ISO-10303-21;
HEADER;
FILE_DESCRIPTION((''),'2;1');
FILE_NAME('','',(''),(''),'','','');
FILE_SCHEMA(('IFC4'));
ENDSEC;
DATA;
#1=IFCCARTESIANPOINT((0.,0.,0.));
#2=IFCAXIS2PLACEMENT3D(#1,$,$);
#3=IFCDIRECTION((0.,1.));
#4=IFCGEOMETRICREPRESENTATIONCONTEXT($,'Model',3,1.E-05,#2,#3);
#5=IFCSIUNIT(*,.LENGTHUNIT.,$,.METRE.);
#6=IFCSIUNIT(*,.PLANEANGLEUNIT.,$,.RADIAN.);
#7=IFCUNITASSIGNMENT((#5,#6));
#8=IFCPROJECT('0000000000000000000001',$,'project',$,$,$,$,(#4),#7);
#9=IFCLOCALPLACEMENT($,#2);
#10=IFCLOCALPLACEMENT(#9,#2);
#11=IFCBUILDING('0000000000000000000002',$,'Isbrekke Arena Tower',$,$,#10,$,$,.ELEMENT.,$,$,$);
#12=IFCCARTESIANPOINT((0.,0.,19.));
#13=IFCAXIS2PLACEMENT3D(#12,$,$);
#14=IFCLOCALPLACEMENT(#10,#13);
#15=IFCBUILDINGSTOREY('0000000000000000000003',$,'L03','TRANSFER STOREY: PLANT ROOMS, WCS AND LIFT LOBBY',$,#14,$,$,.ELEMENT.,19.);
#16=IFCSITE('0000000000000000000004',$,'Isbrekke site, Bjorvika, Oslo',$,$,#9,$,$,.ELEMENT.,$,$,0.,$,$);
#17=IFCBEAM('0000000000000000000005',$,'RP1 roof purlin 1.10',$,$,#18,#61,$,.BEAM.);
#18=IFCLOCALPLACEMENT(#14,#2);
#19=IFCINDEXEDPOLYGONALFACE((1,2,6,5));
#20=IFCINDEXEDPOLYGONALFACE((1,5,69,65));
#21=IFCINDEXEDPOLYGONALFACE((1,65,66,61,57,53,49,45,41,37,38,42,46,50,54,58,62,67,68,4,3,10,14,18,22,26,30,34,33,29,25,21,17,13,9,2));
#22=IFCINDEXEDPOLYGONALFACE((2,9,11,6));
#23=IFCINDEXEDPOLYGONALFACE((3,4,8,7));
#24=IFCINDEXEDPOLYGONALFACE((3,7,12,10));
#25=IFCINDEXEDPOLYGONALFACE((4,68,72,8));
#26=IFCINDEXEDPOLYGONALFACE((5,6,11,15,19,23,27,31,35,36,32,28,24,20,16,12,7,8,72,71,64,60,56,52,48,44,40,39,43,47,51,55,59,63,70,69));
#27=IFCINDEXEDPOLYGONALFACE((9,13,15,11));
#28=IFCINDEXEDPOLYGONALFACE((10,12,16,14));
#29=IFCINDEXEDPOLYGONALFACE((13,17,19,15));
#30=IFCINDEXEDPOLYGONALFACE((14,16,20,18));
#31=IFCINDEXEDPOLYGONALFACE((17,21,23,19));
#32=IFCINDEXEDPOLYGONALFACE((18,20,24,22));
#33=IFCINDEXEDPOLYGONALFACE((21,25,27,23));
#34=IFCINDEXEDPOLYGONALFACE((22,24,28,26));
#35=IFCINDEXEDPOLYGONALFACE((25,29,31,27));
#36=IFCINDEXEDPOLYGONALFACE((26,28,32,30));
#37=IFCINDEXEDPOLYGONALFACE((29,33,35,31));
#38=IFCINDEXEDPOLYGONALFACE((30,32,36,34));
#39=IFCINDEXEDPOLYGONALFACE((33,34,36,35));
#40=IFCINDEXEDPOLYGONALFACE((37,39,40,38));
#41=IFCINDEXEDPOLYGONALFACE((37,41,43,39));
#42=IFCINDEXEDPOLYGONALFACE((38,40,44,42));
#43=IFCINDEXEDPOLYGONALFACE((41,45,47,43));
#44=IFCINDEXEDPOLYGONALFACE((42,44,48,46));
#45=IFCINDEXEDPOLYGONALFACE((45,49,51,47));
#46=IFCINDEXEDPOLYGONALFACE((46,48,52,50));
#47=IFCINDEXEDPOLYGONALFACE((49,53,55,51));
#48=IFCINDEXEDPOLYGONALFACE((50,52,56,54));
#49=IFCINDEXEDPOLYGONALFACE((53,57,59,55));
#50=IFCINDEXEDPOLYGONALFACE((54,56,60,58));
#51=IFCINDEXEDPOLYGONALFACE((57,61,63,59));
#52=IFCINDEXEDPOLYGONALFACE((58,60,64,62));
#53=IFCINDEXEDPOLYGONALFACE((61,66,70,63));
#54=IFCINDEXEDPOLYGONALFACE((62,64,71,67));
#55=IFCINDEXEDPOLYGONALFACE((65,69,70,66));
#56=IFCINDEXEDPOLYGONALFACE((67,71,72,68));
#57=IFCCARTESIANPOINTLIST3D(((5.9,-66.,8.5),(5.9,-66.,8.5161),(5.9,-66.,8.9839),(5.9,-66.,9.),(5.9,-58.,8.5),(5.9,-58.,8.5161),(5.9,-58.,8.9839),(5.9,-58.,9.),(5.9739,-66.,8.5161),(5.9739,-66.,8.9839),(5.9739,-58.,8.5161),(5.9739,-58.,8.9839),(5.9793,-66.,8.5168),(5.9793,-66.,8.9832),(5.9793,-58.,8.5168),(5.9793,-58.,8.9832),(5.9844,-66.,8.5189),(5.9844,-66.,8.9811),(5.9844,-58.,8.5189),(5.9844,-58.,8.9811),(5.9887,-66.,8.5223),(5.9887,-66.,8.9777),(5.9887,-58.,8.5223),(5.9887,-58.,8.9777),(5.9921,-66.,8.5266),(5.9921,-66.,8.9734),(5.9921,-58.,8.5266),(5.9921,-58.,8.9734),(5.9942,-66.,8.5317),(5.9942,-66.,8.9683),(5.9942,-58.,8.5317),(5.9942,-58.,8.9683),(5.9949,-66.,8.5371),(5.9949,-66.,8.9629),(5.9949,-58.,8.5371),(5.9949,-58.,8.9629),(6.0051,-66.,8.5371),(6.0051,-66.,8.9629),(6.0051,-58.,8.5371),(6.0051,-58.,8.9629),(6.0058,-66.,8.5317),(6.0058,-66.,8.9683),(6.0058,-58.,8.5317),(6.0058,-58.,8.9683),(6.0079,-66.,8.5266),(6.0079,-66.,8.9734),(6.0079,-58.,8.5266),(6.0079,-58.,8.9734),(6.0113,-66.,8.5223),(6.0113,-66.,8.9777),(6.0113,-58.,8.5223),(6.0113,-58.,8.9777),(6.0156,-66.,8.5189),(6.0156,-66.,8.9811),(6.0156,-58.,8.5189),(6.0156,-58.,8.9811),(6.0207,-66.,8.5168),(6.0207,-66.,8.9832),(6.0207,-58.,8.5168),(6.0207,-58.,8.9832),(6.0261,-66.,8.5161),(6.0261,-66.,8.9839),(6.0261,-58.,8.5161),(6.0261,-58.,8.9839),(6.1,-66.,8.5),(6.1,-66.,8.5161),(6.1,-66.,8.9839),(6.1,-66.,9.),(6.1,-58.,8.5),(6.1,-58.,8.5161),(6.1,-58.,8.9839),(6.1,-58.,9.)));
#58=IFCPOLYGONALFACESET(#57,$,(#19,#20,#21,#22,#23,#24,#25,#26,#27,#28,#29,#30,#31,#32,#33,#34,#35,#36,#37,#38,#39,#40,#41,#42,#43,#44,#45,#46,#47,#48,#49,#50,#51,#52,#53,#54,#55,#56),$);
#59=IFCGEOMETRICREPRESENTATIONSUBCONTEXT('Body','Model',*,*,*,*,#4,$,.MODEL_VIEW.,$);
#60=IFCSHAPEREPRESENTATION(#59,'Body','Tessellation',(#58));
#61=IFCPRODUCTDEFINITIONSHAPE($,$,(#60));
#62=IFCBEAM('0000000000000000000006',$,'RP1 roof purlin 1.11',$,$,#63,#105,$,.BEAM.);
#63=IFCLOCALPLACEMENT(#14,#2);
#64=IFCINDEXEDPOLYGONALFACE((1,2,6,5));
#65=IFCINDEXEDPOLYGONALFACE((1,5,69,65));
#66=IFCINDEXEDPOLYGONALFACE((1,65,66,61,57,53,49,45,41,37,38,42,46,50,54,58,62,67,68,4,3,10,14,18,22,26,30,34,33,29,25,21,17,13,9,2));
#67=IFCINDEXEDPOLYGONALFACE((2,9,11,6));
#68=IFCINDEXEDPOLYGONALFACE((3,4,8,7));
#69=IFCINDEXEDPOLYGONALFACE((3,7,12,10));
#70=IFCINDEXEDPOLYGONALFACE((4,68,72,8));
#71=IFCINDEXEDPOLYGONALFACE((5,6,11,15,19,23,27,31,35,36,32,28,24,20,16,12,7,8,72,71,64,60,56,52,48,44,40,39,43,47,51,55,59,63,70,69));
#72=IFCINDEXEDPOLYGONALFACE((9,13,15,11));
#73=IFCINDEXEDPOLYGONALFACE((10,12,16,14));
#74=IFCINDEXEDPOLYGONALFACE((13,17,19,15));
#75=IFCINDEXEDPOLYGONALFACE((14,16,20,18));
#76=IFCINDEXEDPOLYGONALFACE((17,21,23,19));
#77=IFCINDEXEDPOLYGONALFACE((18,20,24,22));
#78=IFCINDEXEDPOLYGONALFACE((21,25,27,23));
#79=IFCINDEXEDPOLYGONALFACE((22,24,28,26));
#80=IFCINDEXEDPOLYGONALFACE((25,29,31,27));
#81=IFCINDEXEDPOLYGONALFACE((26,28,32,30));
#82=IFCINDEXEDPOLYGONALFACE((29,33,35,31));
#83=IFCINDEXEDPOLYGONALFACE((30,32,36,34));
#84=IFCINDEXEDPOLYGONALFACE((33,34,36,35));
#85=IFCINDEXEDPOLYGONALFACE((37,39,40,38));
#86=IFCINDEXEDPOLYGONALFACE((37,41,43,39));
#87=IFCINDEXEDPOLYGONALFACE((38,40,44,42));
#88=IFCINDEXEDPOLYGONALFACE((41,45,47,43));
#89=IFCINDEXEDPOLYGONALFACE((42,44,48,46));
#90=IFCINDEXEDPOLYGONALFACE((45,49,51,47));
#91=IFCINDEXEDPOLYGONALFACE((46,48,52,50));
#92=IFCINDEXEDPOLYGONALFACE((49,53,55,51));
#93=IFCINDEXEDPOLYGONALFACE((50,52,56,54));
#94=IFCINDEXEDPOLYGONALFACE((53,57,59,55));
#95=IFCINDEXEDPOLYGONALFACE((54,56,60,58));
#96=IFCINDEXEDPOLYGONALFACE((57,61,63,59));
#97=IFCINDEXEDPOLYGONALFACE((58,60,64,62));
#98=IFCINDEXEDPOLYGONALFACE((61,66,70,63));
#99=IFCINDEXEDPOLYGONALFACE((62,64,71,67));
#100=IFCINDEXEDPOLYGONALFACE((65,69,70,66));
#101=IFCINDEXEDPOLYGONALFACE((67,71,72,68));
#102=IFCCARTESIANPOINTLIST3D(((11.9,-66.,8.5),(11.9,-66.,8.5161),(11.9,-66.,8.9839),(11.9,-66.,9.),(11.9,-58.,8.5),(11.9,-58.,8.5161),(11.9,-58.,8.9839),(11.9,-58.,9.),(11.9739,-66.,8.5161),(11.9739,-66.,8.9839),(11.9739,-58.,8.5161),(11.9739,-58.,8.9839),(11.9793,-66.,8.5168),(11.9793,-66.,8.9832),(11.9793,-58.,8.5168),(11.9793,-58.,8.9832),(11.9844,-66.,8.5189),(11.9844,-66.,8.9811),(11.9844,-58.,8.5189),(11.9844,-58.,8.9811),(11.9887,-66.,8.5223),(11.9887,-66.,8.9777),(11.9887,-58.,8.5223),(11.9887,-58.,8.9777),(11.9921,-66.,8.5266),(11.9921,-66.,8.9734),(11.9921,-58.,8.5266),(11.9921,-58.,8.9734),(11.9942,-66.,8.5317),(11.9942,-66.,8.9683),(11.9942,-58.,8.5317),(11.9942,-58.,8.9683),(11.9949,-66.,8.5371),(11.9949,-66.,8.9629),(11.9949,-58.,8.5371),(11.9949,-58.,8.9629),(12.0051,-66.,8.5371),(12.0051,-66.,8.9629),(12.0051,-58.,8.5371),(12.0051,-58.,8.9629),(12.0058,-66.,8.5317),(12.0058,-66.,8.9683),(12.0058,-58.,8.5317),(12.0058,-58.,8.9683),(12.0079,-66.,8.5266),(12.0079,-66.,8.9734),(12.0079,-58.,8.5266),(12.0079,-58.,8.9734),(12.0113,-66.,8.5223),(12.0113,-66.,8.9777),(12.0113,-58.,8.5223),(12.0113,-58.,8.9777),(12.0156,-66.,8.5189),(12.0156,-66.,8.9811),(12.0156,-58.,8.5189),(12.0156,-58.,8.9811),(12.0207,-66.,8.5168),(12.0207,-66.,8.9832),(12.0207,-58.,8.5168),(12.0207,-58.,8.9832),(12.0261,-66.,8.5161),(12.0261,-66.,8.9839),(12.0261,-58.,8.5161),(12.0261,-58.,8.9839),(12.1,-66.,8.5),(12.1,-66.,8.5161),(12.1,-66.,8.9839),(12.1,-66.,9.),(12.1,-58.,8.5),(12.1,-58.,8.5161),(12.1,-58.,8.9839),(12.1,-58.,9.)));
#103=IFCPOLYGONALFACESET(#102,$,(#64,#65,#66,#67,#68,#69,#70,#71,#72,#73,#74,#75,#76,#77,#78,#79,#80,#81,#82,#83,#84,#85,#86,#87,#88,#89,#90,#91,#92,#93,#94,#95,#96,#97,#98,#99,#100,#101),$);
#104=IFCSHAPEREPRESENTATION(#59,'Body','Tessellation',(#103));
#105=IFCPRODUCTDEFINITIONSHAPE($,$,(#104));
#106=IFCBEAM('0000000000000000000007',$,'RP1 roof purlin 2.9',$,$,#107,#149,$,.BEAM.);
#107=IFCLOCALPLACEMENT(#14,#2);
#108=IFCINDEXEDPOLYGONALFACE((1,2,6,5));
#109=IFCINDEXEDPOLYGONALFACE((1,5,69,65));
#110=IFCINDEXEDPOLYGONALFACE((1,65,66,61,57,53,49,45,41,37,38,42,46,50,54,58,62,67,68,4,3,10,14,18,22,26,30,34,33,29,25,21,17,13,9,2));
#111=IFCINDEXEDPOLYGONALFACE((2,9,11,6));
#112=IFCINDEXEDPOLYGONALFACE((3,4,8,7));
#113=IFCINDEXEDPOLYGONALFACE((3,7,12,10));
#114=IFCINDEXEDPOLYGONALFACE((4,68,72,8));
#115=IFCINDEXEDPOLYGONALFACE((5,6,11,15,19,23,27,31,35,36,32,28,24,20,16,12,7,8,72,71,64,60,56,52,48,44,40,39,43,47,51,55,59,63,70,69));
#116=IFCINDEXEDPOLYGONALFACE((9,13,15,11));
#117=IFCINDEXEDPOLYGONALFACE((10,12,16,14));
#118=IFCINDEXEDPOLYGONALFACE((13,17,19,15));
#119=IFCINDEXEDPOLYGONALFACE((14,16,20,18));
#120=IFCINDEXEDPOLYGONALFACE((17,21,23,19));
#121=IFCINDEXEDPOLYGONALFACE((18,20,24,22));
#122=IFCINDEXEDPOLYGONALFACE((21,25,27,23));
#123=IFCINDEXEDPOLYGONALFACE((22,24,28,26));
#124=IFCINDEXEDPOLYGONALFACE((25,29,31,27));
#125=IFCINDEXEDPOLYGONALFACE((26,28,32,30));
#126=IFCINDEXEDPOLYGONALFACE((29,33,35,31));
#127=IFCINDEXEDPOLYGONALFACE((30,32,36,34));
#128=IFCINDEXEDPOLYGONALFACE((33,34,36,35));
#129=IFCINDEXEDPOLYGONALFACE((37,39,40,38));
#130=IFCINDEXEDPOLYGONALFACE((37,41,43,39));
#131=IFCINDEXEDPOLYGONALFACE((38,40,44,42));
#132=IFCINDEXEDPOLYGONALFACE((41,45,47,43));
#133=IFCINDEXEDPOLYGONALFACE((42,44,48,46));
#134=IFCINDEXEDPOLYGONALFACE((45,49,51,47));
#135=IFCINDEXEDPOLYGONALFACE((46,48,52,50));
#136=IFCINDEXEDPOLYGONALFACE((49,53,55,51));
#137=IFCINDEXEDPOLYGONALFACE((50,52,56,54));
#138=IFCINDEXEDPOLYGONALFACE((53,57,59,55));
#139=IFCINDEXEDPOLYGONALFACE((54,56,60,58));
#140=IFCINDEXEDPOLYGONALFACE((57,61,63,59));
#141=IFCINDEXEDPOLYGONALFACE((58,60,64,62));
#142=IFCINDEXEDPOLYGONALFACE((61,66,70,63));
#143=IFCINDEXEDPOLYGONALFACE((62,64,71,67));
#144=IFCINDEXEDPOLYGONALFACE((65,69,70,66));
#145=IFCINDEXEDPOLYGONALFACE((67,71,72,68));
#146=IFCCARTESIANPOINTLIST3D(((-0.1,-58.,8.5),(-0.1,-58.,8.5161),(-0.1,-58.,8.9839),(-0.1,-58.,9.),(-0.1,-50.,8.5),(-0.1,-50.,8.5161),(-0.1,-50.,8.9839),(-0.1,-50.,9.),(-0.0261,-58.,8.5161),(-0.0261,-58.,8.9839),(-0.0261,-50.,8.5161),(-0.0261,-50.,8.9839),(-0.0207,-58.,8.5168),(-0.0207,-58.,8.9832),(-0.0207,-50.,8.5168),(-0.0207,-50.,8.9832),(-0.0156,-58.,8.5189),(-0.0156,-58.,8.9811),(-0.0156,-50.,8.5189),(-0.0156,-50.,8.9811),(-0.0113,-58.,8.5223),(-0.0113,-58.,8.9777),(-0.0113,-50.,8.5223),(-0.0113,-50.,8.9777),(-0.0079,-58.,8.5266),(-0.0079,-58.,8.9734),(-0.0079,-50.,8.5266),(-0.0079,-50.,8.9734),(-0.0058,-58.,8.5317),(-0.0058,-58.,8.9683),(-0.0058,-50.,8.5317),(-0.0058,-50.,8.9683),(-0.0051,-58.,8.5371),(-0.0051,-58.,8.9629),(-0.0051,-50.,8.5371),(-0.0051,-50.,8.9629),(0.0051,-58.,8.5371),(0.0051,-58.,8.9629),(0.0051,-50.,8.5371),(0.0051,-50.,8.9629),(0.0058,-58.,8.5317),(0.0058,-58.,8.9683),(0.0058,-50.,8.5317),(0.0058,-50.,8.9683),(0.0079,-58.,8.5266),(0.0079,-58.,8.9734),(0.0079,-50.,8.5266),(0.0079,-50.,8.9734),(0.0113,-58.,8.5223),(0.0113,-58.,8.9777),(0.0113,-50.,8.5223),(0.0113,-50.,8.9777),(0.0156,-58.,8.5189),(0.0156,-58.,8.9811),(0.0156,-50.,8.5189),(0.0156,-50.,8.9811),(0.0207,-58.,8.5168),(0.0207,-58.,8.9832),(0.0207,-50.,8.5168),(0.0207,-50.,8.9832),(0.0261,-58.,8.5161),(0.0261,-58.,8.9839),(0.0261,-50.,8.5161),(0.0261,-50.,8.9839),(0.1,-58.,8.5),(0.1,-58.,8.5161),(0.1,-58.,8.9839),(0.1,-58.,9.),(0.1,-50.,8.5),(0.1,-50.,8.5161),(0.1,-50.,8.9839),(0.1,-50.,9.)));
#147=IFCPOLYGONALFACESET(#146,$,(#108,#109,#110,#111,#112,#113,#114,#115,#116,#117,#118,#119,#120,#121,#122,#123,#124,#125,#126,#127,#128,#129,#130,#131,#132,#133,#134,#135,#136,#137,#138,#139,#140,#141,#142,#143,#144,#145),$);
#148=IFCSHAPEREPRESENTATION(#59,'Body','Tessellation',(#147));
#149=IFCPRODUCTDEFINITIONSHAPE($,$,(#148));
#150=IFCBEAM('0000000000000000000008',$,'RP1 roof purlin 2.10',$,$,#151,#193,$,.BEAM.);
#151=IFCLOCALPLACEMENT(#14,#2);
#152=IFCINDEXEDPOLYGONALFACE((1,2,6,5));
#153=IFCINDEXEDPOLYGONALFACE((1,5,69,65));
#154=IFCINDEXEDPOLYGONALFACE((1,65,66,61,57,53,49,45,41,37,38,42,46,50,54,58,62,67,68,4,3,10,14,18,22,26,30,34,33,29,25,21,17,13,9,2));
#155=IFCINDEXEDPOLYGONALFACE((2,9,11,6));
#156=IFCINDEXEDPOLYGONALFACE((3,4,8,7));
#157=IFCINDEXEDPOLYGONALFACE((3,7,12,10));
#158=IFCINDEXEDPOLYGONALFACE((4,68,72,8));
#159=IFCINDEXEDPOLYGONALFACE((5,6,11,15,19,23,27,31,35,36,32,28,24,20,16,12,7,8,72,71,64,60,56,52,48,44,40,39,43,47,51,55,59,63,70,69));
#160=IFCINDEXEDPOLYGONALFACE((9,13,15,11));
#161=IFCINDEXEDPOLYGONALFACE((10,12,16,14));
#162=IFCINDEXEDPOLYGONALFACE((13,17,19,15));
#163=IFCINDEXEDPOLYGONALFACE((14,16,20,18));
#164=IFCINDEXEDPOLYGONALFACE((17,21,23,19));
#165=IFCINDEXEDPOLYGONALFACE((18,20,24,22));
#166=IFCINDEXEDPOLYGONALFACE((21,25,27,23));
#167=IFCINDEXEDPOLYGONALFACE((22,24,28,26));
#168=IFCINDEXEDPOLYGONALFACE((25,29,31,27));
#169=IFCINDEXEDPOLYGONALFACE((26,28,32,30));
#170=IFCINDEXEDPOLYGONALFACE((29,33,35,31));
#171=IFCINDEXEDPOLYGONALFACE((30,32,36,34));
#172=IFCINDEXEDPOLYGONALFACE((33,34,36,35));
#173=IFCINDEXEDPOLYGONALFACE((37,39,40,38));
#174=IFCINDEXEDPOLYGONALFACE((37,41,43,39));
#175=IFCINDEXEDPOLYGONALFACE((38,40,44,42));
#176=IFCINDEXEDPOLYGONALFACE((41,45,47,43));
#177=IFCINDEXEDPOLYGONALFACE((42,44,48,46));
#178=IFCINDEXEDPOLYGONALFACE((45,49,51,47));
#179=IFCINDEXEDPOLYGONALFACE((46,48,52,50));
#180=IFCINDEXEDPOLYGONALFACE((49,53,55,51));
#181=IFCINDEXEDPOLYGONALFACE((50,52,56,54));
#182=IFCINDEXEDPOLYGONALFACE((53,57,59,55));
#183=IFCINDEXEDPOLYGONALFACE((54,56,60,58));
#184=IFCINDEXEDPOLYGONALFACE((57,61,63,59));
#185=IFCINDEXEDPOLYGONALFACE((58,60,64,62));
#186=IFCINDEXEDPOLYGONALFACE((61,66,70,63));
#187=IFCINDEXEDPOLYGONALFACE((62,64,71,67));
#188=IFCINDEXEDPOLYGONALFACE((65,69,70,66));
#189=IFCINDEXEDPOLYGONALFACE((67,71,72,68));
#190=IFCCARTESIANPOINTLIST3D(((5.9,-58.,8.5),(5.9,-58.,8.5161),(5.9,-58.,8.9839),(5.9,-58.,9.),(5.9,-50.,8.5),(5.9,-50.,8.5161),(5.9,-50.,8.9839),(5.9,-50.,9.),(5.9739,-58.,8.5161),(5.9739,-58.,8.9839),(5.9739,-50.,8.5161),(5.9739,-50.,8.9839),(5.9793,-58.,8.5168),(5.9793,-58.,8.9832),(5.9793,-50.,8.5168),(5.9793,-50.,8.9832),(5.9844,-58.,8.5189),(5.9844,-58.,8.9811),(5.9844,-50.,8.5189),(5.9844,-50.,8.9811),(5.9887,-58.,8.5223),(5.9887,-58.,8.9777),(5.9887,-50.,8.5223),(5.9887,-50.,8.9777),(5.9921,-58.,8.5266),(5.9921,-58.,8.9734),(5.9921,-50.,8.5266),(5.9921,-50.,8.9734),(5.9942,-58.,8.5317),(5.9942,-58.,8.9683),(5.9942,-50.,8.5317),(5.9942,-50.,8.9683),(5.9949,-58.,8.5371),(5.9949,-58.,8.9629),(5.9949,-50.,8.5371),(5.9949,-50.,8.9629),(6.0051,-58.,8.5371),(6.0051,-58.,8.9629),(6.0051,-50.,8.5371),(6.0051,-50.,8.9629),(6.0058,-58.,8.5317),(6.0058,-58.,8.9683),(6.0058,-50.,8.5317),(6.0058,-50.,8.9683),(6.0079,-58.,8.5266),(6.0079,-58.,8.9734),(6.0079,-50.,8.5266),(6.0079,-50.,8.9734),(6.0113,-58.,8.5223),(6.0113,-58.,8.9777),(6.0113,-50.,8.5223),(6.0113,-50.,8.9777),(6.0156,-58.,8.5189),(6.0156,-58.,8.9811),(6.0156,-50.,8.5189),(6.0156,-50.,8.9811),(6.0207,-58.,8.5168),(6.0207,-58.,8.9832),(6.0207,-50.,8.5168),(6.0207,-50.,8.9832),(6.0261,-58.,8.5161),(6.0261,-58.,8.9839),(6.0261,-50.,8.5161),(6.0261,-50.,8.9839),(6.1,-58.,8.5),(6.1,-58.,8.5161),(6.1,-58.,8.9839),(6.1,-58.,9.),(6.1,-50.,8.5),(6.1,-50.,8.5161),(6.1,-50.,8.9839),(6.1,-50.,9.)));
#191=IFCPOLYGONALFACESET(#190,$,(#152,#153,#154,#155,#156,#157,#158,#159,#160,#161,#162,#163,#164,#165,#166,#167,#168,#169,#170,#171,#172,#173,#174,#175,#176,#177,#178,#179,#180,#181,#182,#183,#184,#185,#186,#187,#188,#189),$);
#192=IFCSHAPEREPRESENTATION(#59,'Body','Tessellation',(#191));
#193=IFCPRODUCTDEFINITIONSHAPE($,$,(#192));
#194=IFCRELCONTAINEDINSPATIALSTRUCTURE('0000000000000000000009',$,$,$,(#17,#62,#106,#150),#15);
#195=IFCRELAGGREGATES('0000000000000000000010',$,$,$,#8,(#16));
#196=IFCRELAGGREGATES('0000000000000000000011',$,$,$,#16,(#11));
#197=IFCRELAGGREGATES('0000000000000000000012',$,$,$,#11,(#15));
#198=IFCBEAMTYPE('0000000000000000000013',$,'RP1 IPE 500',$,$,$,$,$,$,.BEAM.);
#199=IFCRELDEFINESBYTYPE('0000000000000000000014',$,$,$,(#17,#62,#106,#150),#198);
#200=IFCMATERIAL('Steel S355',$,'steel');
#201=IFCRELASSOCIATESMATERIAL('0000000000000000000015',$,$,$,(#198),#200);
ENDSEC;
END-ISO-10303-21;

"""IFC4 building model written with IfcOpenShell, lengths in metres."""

from ifc_helpers import new_model, si_unit, direction, frame, origin, origin_2d, place, context, subcontext, project, spatial, i_section, extrude, material, material_profile, profile_set, type_object, element, save


model = new_model("IFC4")

# Units and contexts
model_context = context("Model", 3, precision=1e-05, world=origin(), true_north=direction((0.0, 1.0)))
body_context = subcontext(model_context, "Body", "Model", "MODEL_VIEW")
ifc_project = project(units=[si_unit("LENGTHUNIT", "METRE"), si_unit("PLANEANGLEUNIT", "RADIAN")], contexts=[model_context])

# Site, building, storey
site_placement = place(None, origin())
site = spatial("IfcSite", under=ifc_project, at=site_placement, Name="Isbrekke site, Bjorvika, Oslo", CompositionType="ELEMENT", RefElevation=0.0)
building_placement = place(site_placement, origin())
building = spatial("IfcBuilding", under=site, at=building_placement, Name="Isbrekke Arena Tower", CompositionType="ELEMENT")
storey_placement = place(building_placement, frame((0.0, 0.0, 19.0)))
storey = spatial("IfcBuildingStorey", under=building, at=storey_placement, Name="L03", Description="TRANSFER STOREY: PLANT ROOMS, WCS AND LIFT LOBBY", CompositionType="ELEMENT", Elevation=19.0)

# Beams
ifc_material_1 = material(Name="Steel S355", Category="steel")
ifc_material_profile_1 = material_profile(ifc_material_1, i_section(OverallWidth=0.2, OverallDepth=0.5, WebThickness=0.0103, FlangeThickness=0.0161, FilletRadius=0.021, at=origin_2d()), Name="IPE 500")
ifc_profile_set_1 = profile_set([ifc_material_profile_1], Name="Steel S355")
beam_type = type_object("IfcBeamType", Name="RP1 IPE 500", PredefinedType="BEAM", material=ifc_profile_set_1)
for number, where, z_axis, x_axis, name in (
    (1, (6.0, -66.0, 8.75), (0.0, 1.0, 0.0), (-1.0, 0.0, 0.0), "RP1 roof purlin 1.10"),
    (2, (12.0, -66.0, 8.75), (0.0, 1.0, 0.0), (-1.0, 0.0, 0.0), "RP1 roof purlin 1.11"),
    (3, (0.0, -58.0, 8.75), (0.0, 1.0, 0.0), (-1.0, 0.0, 0.0), "RP1 roof purlin 2.9"),
    (4, (6.0, -58.0, 8.75), (0.0, 1.0, 0.0), (-1.0, 0.0, 0.0), "RP1 roof purlin 2.10"),
):
    element("IfcBeam", number, at=place(storey_placement, frame(where, z_axis=z_axis, x_axis=x_axis)), inside=storey, type_object=beam_type, Name=name, PredefinedType="BEAM", context=body_context, shape_type="SweptSolid", body=[
        extrude(i_section(OverallWidth=0.2, OverallDepth=0.5, WebThickness=0.0103, FlangeThickness=0.0161, FilletRadius=0.021, at=origin_2d()), origin(), (0.0, 0.0, 1.0), 8.0),
    ])

save(model, "model.ifc")
